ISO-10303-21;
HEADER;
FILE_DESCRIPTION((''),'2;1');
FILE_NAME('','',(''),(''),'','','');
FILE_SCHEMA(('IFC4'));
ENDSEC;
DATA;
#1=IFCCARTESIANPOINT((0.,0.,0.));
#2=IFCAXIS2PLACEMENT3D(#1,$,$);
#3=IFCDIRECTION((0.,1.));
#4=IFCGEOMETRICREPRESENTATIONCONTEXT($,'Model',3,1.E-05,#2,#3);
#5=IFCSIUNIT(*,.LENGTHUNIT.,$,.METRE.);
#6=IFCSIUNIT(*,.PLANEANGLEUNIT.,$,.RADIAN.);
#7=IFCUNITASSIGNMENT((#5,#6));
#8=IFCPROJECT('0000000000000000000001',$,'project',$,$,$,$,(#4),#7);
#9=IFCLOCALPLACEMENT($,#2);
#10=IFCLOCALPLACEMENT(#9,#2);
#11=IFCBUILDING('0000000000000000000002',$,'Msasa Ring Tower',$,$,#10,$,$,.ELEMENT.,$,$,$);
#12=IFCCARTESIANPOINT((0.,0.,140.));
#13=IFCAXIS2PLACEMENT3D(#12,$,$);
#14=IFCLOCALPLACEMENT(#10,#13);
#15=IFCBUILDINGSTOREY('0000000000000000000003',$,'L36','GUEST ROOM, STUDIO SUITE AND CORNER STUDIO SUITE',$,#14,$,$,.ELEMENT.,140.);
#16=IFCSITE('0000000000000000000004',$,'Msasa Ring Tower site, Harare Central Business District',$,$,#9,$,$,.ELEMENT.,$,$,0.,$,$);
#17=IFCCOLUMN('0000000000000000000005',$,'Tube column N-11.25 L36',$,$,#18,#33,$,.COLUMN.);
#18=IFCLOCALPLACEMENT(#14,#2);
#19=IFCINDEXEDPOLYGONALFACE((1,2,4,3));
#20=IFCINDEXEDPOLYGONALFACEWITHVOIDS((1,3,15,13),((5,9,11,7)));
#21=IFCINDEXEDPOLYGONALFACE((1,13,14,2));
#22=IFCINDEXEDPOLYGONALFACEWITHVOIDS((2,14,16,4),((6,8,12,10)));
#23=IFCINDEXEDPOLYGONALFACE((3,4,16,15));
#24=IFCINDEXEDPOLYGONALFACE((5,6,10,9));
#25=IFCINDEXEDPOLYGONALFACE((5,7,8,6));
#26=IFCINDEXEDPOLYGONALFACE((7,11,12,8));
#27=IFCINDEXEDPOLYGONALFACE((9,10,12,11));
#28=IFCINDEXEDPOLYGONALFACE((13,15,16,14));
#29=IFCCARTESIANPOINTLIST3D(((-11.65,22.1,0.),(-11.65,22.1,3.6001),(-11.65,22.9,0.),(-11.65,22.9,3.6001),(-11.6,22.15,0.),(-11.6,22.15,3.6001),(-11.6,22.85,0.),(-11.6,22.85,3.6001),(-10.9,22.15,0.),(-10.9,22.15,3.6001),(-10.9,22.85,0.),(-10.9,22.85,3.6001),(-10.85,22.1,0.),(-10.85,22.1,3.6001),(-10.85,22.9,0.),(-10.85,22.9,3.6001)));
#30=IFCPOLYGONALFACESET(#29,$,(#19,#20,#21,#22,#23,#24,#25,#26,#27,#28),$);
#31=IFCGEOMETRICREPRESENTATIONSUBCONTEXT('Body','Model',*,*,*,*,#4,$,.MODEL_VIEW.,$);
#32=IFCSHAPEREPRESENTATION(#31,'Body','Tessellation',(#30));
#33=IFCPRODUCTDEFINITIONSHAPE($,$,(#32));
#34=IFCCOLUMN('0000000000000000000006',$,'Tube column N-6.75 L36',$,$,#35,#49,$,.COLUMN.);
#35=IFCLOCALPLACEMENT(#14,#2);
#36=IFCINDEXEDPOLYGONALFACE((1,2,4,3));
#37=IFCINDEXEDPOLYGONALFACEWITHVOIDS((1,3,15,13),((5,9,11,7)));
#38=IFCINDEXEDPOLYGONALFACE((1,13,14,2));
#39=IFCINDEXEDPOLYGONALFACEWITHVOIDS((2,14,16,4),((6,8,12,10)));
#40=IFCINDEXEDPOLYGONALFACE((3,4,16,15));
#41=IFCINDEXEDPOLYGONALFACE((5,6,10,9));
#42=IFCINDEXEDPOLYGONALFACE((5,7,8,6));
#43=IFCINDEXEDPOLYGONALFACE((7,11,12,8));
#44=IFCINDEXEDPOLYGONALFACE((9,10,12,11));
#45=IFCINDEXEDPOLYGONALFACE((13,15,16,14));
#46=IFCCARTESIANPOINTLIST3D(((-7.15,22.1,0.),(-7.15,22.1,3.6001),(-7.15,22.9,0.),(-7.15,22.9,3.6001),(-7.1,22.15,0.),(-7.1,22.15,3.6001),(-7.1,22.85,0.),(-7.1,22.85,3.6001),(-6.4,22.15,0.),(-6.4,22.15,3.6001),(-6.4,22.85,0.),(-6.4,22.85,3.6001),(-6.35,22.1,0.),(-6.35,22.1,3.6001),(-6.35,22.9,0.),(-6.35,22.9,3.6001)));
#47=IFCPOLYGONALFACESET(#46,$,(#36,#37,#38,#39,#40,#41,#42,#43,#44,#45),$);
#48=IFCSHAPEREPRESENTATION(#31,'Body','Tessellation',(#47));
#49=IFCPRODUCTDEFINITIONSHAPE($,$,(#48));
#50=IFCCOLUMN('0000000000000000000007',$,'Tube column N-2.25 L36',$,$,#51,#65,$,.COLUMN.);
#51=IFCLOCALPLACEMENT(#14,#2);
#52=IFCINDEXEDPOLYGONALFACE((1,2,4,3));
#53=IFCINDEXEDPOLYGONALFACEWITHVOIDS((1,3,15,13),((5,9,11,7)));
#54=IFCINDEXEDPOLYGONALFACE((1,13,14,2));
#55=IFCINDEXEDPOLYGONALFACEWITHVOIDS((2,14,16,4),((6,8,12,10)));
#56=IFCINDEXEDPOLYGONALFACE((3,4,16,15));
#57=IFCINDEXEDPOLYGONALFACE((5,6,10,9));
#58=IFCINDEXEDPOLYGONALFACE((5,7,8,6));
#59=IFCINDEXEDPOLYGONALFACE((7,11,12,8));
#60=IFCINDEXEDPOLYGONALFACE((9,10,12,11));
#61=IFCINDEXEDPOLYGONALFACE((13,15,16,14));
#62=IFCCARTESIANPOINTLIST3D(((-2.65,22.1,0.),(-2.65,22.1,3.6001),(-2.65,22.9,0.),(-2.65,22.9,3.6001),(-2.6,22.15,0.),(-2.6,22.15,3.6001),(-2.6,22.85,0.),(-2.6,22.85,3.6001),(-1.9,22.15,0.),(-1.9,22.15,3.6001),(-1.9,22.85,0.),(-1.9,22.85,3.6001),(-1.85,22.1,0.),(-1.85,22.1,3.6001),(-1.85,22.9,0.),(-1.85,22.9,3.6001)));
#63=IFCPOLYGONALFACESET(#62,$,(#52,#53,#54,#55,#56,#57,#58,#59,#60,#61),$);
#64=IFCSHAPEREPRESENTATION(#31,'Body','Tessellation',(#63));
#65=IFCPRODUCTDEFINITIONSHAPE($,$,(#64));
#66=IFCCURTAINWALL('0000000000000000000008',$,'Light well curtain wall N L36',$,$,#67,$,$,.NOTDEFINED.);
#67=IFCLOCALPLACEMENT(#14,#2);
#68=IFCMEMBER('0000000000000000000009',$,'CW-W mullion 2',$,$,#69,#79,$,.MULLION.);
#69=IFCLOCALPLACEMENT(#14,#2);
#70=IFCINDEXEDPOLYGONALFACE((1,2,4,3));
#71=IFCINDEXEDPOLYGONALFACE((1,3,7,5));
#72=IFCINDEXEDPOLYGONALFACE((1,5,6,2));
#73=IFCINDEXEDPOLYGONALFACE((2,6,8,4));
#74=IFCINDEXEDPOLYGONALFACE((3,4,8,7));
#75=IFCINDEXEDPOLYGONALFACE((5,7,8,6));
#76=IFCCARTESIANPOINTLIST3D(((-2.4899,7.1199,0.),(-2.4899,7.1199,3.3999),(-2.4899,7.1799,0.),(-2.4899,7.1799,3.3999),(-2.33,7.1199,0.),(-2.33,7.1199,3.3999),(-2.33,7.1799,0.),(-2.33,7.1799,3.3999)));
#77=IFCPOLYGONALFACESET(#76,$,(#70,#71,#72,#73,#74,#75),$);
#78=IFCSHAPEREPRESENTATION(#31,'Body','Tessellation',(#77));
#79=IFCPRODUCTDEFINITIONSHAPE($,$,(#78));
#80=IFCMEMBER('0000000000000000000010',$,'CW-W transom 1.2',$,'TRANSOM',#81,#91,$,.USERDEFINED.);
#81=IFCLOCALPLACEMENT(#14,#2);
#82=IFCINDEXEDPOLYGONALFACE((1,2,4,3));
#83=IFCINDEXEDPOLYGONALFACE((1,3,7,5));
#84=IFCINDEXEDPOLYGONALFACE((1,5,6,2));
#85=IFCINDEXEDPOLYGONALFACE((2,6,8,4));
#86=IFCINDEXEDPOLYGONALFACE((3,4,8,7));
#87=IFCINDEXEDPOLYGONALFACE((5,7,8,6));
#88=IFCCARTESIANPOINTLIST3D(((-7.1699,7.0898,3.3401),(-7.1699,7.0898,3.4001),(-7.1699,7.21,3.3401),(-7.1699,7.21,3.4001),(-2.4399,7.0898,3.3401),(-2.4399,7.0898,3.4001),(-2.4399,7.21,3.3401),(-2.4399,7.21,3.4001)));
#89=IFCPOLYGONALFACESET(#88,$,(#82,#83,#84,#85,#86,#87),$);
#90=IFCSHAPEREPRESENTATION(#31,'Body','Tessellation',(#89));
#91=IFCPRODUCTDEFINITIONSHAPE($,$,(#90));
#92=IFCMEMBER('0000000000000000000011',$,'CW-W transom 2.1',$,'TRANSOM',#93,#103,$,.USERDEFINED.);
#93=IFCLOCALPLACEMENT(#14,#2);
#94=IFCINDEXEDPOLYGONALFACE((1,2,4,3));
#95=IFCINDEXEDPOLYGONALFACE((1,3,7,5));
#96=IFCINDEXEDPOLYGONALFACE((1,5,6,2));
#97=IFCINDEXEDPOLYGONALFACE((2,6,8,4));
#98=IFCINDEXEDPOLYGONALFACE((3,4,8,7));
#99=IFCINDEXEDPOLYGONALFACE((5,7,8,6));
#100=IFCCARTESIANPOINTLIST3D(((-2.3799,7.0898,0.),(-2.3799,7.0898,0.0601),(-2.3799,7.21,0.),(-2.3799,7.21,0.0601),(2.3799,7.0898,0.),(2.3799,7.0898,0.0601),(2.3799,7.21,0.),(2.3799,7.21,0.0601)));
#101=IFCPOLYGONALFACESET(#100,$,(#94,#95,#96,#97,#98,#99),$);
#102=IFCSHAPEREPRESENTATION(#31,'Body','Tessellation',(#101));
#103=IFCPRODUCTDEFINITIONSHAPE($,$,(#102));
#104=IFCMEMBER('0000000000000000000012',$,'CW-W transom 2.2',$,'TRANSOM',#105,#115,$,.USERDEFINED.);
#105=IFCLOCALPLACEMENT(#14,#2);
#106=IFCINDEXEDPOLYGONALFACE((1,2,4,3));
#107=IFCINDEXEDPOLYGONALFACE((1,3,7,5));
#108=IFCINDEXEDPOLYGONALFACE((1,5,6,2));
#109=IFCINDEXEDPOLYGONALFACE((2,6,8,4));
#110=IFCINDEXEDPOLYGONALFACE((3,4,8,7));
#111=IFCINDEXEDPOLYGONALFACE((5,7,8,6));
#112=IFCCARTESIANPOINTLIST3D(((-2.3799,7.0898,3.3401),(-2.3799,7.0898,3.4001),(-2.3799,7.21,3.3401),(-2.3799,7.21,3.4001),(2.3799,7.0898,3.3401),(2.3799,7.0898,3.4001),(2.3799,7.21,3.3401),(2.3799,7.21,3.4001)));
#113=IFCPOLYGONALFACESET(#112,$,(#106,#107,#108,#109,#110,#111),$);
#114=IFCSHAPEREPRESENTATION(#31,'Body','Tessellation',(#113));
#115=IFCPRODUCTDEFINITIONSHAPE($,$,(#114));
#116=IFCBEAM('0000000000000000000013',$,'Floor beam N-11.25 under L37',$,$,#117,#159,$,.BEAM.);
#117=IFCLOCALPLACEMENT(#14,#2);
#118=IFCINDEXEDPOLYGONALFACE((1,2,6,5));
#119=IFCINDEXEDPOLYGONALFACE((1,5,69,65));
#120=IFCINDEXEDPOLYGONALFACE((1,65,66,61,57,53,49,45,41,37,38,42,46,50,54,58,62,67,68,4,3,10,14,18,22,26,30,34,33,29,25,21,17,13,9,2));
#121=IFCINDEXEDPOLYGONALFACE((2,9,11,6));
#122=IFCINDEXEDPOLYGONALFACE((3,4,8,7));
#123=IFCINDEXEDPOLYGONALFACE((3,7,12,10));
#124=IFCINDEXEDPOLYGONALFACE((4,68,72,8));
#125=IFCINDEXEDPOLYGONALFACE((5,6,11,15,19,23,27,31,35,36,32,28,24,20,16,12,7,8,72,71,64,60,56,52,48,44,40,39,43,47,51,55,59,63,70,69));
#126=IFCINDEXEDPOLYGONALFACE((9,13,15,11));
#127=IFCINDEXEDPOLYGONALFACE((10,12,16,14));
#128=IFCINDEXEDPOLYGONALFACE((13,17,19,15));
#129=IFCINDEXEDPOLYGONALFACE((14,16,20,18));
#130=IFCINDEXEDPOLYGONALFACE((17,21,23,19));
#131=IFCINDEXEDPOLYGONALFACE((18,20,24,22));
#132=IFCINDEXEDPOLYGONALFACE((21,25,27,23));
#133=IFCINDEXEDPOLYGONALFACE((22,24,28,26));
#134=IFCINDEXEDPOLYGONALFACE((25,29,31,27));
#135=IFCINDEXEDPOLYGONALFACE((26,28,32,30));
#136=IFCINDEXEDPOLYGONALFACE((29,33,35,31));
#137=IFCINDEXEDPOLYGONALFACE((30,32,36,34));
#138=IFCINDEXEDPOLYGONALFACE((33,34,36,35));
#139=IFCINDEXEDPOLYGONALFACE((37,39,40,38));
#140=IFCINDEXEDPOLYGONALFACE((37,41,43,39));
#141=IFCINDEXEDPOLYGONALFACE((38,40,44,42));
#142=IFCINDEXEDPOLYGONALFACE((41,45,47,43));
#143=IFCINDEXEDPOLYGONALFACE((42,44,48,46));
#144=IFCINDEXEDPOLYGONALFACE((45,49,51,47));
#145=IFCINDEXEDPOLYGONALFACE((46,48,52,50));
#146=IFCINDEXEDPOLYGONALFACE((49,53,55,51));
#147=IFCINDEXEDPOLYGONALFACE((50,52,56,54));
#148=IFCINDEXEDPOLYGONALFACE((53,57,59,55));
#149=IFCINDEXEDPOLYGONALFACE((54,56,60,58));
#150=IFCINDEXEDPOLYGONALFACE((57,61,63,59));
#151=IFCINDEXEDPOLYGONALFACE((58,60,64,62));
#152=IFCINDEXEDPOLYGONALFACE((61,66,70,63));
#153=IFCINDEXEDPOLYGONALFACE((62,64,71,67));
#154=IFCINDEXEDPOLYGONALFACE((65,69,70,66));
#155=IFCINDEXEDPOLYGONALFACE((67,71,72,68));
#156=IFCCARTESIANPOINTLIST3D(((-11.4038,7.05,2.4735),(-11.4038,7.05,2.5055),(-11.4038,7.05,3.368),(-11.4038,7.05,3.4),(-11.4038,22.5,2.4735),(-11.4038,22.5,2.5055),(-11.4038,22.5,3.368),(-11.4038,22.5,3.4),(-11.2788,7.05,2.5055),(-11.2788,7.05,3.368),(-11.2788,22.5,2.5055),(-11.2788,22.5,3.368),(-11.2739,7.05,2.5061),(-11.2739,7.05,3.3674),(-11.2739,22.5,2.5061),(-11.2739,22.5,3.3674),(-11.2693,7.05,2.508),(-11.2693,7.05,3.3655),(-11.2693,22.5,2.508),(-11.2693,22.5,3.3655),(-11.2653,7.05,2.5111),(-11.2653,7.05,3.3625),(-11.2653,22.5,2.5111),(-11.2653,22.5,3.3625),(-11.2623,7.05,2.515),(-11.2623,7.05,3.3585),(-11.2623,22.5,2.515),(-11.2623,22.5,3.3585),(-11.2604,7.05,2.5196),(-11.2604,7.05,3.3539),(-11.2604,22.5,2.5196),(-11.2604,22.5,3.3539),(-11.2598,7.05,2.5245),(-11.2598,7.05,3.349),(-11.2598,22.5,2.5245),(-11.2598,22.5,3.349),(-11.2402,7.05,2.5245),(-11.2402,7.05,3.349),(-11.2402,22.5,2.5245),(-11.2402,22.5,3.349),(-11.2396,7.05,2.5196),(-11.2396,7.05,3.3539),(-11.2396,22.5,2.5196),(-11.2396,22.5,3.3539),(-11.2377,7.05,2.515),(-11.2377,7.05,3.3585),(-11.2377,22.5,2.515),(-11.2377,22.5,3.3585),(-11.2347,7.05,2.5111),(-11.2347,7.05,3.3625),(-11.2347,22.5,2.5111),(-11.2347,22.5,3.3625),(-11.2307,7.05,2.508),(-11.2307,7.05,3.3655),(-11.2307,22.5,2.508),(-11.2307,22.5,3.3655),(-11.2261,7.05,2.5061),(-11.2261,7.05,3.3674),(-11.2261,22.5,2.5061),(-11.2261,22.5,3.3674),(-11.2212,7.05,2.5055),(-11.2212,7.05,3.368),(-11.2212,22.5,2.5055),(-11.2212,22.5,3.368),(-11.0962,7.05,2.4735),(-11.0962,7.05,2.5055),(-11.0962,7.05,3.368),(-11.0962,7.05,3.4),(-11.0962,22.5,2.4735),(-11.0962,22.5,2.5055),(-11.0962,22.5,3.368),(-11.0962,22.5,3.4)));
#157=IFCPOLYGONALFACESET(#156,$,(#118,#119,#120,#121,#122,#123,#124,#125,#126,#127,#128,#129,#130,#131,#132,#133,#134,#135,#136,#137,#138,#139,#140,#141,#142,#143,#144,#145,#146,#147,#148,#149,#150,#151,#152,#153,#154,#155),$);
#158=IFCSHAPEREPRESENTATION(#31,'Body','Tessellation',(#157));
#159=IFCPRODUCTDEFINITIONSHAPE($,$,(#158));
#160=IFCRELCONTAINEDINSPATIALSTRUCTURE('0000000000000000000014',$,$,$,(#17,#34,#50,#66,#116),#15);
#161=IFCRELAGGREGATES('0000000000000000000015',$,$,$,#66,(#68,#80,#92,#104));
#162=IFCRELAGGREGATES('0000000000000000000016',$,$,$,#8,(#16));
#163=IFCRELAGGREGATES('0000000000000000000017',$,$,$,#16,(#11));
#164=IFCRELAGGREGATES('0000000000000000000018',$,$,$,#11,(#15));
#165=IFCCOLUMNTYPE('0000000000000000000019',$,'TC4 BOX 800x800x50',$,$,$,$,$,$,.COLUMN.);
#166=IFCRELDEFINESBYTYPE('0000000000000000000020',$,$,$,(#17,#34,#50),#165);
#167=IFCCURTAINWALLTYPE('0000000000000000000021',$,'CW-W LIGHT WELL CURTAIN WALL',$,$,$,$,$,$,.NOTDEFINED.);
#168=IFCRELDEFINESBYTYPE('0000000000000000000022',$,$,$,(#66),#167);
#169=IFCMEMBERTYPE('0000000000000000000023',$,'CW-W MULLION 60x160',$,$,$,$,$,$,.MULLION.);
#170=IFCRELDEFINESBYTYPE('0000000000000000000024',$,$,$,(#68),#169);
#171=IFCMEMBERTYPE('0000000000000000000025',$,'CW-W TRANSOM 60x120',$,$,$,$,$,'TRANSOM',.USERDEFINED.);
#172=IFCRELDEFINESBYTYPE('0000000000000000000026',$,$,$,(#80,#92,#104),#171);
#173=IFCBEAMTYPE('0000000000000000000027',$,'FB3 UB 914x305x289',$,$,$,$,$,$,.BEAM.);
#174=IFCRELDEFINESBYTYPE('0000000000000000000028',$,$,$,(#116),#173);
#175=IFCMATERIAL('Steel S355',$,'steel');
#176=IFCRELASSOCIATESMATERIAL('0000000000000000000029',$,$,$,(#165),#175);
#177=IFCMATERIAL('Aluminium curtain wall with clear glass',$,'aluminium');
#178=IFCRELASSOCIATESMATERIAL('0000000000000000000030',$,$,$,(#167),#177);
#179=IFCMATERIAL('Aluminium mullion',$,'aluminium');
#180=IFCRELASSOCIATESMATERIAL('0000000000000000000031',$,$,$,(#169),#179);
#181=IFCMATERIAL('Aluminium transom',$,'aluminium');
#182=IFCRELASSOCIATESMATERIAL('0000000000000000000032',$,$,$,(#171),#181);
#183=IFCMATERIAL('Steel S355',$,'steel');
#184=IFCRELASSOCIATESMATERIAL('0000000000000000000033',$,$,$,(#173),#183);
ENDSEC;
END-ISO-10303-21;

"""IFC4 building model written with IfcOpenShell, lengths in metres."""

from ifc_helpers import new_model, si_unit, direction, frame, origin, origin_2d, place, context, subcontext, project, spatial, rectangle, hollow_rectangle, i_section, extrude, material, material_profile, profile_set, type_object, element, aggregate, save


model = new_model("IFC4")

# Units and contexts
model_context = context("Model", 3, precision=1e-05, world=origin(), true_north=direction((0.0, 1.0)))
body_context = subcontext(model_context, "Body", "Model", "MODEL_VIEW")
ifc_project = project(units=[si_unit("LENGTHUNIT", "METRE"), si_unit("PLANEANGLEUNIT", "RADIAN")], contexts=[model_context])

# Site, building, storey
site_placement = place(None, origin())
site = spatial("IfcSite", under=ifc_project, at=site_placement, Name="Msasa Ring Tower site, Harare Central Business District", CompositionType="ELEMENT", RefElevation=0.0)
building_placement = place(site_placement, origin())
building = spatial("IfcBuilding", under=site, at=building_placement, Name="Msasa Ring Tower", CompositionType="ELEMENT")
storey_placement = place(building_placement, frame((0.0, 0.0, 140.0)))
storey = spatial("IfcBuildingStorey", under=building, at=storey_placement, Name="L36", Description="GUEST ROOM, STUDIO SUITE AND CORNER STUDIO SUITE", CompositionType="ELEMENT", Elevation=140.0)

# Columns
ifc_material_1 = material(Name="Steel S355", Category="steel")
ifc_material_profile_1 = material_profile(ifc_material_1, hollow_rectangle(XDim=0.8, YDim=0.8, WallThickness=0.05, at=origin_2d()), Name="BOX 800x800x50")
ifc_profile_set_1 = profile_set([ifc_material_profile_1], Name="Steel S355")
column_type = type_object("IfcColumnType", Name="TC4 BOX 800x800x50", PredefinedType="COLUMN", material=ifc_profile_set_1)
for number, where, z_axis, x_axis, name in (
    (1, (-11.25, 22.5, 0.0), (0.0, 0.0, 1.0), (0.0, 1.0, 0.0), "Tube column N-11.25 L36"),
    (2, (-6.75, 22.5, 0.0), (0.0, 0.0, 1.0), (0.0, 1.0, 0.0), "Tube column N-6.75 L36"),
    (3, (-2.25, 22.5, 0.0), (0.0, 0.0, 1.0), (0.0, 1.0, 0.0), "Tube column N-2.25 L36"),
):
    element("IfcColumn", number, at=place(storey_placement, frame(where, z_axis=z_axis, x_axis=x_axis)), inside=storey, type_object=column_type, Name=name, PredefinedType="COLUMN", context=body_context, shape_type="SweptSolid", body=[
        extrude(hollow_rectangle(XDim=0.8, YDim=0.8, WallThickness=0.05, at=origin_2d()), origin(), (0.0, 0.0, 1.0), 3.6001),
    ])

# Curtain wall, members
ifc_material_2 = material(Name="Aluminium curtain wall with clear glass", Category="aluminium")
curtain_wall_type = type_object("IfcCurtainWallType", Name="CW-W LIGHT WELL CURTAIN WALL", PredefinedType="NOTDEFINED", material=ifc_material_2)
curtain_wall_placement = place(storey_placement, origin())
curtain_wall = element("IfcCurtainWall", 4, at=curtain_wall_placement, inside=storey, type_object=curtain_wall_type, Name="Light well curtain wall N L36", PredefinedType="NOTDEFINED")
ifc_material_3 = material(Name="Aluminium mullion", Category="aluminium")
ifc_material_profile_2 = material_profile(ifc_material_3, rectangle(XDim=0.0601, YDim=0.1599, at=origin_2d()), Name="AL 60x160")
ifc_profile_set_2 = profile_set([ifc_material_profile_2], Name="Aluminium mullion")
member_type_1 = type_object("IfcMemberType", Name="CW-W MULLION 60x160", PredefinedType="MULLION", material=ifc_profile_set_2)
member_1_placement = place(storey_placement, frame((-2.4099, 7.1499, 0.0), z_axis=(0.0, 0.0, 1.0), x_axis=(0.0, 1.0, 0.0)))
member_1 = element("IfcMember", 5, at=member_1_placement, type_object=member_type_1, Name="CW-W mullion 2", PredefinedType="MULLION", context=body_context, shape_type="SweptSolid", body=[
    extrude(rectangle(XDim=0.0601, YDim=0.1599, at=origin_2d()), origin(), (0.0, 0.0, 1.0), 3.3999),
])
ifc_material_4 = material(Name="Aluminium transom", Category="aluminium")
ifc_material_profile_3 = material_profile(ifc_material_4, rectangle(XDim=0.1201, YDim=0.0601, at=origin_2d()), Name="AL 60x120")
ifc_profile_set_3 = profile_set([ifc_material_profile_3], Name="Aluminium transom")
member_type_2 = type_object("IfcMemberType", Name="CW-W TRANSOM 60x120", ElementType="TRANSOM", PredefinedType="USERDEFINED", material=ifc_profile_set_3)
member_2_placement = place(storey_placement, frame((-7.1699, 7.1499, 3.3701), z_axis=(1.0, 0.0, 0.0), x_axis=(0.0, 1.0, 0.0)))
member_2 = element("IfcMember", 6, at=member_2_placement, type_object=member_type_2, Name="CW-W transom 1.2", ObjectType="TRANSOM", PredefinedType="USERDEFINED", context=body_context, shape_type="SweptSolid", body=[
    extrude(rectangle(XDim=0.1201, YDim=0.0601, at=origin_2d()), origin(), (0.0, 0.0, 1.0), 4.73),
])
member_3_placement = place(storey_placement, frame((-2.3799, 7.1499, 0.03), z_axis=(1.0, 0.0, 0.0), x_axis=(0.0, 1.0, 0.0)))
member_3 = element("IfcMember", 7, at=member_3_placement, type_object=member_type_2, Name="CW-W transom 2.1", ObjectType="TRANSOM", PredefinedType="USERDEFINED", context=body_context, shape_type="SweptSolid", body=[
    extrude(rectangle(XDim=0.1201, YDim=0.0601, at=origin_2d()), origin(), (0.0, 0.0, 1.0), 4.7598),
])
member_4_placement = place(storey_placement, frame((-2.3799, 7.1499, 3.3701), z_axis=(1.0, 0.0, 0.0), x_axis=(0.0, 1.0, 0.0)))
member_4 = element("IfcMember", 8, at=member_4_placement, type_object=member_type_2, Name="CW-W transom 2.2", ObjectType="TRANSOM", PredefinedType="USERDEFINED", context=body_context, shape_type="SweptSolid", body=[
    extrude(rectangle(XDim=0.1201, YDim=0.0601, at=origin_2d()), origin(), (0.0, 0.0, 1.0), 4.7598),
])

# Beam
ifc_material_5 = material(Name="Steel S355", Category="steel")
ifc_material_profile_4 = material_profile(ifc_material_5, i_section(OverallWidth=0.3076, OverallDepth=0.9265, WebThickness=0.0195, FlangeThickness=0.032, FilletRadius=0.019, at=origin_2d()), Name="UB 914x305x289")
ifc_profile_set_4 = profile_set([ifc_material_profile_4], Name="Steel S355")
beam_type_1 = type_object("IfcBeamType", Name="FB3 UB 914x305x289", PredefinedType="BEAM", material=ifc_profile_set_4)
beam_placement = place(storey_placement, frame((-11.25, 22.5, 2.9368), z_axis=(0.0, -1.0, 0.0), x_axis=(1.0, 0.0, 0.0)))
element("IfcBeam", 9, at=beam_placement, inside=storey, type_object=beam_type_1, Name="Floor beam N-11.25 under L37", PredefinedType="BEAM", context=body_context, shape_type="SweptSolid", body=[
    extrude(i_section(OverallWidth=0.3076, OverallDepth=0.9265, WebThickness=0.0195, FlangeThickness=0.032, FilletRadius=0.019, at=origin_2d()), origin(), (0.0, 0.0, 1.0), 15.45),
])

aggregate(curtain_wall, [member_1, member_2, member_3, member_4])

save(model, "model.ifc")
